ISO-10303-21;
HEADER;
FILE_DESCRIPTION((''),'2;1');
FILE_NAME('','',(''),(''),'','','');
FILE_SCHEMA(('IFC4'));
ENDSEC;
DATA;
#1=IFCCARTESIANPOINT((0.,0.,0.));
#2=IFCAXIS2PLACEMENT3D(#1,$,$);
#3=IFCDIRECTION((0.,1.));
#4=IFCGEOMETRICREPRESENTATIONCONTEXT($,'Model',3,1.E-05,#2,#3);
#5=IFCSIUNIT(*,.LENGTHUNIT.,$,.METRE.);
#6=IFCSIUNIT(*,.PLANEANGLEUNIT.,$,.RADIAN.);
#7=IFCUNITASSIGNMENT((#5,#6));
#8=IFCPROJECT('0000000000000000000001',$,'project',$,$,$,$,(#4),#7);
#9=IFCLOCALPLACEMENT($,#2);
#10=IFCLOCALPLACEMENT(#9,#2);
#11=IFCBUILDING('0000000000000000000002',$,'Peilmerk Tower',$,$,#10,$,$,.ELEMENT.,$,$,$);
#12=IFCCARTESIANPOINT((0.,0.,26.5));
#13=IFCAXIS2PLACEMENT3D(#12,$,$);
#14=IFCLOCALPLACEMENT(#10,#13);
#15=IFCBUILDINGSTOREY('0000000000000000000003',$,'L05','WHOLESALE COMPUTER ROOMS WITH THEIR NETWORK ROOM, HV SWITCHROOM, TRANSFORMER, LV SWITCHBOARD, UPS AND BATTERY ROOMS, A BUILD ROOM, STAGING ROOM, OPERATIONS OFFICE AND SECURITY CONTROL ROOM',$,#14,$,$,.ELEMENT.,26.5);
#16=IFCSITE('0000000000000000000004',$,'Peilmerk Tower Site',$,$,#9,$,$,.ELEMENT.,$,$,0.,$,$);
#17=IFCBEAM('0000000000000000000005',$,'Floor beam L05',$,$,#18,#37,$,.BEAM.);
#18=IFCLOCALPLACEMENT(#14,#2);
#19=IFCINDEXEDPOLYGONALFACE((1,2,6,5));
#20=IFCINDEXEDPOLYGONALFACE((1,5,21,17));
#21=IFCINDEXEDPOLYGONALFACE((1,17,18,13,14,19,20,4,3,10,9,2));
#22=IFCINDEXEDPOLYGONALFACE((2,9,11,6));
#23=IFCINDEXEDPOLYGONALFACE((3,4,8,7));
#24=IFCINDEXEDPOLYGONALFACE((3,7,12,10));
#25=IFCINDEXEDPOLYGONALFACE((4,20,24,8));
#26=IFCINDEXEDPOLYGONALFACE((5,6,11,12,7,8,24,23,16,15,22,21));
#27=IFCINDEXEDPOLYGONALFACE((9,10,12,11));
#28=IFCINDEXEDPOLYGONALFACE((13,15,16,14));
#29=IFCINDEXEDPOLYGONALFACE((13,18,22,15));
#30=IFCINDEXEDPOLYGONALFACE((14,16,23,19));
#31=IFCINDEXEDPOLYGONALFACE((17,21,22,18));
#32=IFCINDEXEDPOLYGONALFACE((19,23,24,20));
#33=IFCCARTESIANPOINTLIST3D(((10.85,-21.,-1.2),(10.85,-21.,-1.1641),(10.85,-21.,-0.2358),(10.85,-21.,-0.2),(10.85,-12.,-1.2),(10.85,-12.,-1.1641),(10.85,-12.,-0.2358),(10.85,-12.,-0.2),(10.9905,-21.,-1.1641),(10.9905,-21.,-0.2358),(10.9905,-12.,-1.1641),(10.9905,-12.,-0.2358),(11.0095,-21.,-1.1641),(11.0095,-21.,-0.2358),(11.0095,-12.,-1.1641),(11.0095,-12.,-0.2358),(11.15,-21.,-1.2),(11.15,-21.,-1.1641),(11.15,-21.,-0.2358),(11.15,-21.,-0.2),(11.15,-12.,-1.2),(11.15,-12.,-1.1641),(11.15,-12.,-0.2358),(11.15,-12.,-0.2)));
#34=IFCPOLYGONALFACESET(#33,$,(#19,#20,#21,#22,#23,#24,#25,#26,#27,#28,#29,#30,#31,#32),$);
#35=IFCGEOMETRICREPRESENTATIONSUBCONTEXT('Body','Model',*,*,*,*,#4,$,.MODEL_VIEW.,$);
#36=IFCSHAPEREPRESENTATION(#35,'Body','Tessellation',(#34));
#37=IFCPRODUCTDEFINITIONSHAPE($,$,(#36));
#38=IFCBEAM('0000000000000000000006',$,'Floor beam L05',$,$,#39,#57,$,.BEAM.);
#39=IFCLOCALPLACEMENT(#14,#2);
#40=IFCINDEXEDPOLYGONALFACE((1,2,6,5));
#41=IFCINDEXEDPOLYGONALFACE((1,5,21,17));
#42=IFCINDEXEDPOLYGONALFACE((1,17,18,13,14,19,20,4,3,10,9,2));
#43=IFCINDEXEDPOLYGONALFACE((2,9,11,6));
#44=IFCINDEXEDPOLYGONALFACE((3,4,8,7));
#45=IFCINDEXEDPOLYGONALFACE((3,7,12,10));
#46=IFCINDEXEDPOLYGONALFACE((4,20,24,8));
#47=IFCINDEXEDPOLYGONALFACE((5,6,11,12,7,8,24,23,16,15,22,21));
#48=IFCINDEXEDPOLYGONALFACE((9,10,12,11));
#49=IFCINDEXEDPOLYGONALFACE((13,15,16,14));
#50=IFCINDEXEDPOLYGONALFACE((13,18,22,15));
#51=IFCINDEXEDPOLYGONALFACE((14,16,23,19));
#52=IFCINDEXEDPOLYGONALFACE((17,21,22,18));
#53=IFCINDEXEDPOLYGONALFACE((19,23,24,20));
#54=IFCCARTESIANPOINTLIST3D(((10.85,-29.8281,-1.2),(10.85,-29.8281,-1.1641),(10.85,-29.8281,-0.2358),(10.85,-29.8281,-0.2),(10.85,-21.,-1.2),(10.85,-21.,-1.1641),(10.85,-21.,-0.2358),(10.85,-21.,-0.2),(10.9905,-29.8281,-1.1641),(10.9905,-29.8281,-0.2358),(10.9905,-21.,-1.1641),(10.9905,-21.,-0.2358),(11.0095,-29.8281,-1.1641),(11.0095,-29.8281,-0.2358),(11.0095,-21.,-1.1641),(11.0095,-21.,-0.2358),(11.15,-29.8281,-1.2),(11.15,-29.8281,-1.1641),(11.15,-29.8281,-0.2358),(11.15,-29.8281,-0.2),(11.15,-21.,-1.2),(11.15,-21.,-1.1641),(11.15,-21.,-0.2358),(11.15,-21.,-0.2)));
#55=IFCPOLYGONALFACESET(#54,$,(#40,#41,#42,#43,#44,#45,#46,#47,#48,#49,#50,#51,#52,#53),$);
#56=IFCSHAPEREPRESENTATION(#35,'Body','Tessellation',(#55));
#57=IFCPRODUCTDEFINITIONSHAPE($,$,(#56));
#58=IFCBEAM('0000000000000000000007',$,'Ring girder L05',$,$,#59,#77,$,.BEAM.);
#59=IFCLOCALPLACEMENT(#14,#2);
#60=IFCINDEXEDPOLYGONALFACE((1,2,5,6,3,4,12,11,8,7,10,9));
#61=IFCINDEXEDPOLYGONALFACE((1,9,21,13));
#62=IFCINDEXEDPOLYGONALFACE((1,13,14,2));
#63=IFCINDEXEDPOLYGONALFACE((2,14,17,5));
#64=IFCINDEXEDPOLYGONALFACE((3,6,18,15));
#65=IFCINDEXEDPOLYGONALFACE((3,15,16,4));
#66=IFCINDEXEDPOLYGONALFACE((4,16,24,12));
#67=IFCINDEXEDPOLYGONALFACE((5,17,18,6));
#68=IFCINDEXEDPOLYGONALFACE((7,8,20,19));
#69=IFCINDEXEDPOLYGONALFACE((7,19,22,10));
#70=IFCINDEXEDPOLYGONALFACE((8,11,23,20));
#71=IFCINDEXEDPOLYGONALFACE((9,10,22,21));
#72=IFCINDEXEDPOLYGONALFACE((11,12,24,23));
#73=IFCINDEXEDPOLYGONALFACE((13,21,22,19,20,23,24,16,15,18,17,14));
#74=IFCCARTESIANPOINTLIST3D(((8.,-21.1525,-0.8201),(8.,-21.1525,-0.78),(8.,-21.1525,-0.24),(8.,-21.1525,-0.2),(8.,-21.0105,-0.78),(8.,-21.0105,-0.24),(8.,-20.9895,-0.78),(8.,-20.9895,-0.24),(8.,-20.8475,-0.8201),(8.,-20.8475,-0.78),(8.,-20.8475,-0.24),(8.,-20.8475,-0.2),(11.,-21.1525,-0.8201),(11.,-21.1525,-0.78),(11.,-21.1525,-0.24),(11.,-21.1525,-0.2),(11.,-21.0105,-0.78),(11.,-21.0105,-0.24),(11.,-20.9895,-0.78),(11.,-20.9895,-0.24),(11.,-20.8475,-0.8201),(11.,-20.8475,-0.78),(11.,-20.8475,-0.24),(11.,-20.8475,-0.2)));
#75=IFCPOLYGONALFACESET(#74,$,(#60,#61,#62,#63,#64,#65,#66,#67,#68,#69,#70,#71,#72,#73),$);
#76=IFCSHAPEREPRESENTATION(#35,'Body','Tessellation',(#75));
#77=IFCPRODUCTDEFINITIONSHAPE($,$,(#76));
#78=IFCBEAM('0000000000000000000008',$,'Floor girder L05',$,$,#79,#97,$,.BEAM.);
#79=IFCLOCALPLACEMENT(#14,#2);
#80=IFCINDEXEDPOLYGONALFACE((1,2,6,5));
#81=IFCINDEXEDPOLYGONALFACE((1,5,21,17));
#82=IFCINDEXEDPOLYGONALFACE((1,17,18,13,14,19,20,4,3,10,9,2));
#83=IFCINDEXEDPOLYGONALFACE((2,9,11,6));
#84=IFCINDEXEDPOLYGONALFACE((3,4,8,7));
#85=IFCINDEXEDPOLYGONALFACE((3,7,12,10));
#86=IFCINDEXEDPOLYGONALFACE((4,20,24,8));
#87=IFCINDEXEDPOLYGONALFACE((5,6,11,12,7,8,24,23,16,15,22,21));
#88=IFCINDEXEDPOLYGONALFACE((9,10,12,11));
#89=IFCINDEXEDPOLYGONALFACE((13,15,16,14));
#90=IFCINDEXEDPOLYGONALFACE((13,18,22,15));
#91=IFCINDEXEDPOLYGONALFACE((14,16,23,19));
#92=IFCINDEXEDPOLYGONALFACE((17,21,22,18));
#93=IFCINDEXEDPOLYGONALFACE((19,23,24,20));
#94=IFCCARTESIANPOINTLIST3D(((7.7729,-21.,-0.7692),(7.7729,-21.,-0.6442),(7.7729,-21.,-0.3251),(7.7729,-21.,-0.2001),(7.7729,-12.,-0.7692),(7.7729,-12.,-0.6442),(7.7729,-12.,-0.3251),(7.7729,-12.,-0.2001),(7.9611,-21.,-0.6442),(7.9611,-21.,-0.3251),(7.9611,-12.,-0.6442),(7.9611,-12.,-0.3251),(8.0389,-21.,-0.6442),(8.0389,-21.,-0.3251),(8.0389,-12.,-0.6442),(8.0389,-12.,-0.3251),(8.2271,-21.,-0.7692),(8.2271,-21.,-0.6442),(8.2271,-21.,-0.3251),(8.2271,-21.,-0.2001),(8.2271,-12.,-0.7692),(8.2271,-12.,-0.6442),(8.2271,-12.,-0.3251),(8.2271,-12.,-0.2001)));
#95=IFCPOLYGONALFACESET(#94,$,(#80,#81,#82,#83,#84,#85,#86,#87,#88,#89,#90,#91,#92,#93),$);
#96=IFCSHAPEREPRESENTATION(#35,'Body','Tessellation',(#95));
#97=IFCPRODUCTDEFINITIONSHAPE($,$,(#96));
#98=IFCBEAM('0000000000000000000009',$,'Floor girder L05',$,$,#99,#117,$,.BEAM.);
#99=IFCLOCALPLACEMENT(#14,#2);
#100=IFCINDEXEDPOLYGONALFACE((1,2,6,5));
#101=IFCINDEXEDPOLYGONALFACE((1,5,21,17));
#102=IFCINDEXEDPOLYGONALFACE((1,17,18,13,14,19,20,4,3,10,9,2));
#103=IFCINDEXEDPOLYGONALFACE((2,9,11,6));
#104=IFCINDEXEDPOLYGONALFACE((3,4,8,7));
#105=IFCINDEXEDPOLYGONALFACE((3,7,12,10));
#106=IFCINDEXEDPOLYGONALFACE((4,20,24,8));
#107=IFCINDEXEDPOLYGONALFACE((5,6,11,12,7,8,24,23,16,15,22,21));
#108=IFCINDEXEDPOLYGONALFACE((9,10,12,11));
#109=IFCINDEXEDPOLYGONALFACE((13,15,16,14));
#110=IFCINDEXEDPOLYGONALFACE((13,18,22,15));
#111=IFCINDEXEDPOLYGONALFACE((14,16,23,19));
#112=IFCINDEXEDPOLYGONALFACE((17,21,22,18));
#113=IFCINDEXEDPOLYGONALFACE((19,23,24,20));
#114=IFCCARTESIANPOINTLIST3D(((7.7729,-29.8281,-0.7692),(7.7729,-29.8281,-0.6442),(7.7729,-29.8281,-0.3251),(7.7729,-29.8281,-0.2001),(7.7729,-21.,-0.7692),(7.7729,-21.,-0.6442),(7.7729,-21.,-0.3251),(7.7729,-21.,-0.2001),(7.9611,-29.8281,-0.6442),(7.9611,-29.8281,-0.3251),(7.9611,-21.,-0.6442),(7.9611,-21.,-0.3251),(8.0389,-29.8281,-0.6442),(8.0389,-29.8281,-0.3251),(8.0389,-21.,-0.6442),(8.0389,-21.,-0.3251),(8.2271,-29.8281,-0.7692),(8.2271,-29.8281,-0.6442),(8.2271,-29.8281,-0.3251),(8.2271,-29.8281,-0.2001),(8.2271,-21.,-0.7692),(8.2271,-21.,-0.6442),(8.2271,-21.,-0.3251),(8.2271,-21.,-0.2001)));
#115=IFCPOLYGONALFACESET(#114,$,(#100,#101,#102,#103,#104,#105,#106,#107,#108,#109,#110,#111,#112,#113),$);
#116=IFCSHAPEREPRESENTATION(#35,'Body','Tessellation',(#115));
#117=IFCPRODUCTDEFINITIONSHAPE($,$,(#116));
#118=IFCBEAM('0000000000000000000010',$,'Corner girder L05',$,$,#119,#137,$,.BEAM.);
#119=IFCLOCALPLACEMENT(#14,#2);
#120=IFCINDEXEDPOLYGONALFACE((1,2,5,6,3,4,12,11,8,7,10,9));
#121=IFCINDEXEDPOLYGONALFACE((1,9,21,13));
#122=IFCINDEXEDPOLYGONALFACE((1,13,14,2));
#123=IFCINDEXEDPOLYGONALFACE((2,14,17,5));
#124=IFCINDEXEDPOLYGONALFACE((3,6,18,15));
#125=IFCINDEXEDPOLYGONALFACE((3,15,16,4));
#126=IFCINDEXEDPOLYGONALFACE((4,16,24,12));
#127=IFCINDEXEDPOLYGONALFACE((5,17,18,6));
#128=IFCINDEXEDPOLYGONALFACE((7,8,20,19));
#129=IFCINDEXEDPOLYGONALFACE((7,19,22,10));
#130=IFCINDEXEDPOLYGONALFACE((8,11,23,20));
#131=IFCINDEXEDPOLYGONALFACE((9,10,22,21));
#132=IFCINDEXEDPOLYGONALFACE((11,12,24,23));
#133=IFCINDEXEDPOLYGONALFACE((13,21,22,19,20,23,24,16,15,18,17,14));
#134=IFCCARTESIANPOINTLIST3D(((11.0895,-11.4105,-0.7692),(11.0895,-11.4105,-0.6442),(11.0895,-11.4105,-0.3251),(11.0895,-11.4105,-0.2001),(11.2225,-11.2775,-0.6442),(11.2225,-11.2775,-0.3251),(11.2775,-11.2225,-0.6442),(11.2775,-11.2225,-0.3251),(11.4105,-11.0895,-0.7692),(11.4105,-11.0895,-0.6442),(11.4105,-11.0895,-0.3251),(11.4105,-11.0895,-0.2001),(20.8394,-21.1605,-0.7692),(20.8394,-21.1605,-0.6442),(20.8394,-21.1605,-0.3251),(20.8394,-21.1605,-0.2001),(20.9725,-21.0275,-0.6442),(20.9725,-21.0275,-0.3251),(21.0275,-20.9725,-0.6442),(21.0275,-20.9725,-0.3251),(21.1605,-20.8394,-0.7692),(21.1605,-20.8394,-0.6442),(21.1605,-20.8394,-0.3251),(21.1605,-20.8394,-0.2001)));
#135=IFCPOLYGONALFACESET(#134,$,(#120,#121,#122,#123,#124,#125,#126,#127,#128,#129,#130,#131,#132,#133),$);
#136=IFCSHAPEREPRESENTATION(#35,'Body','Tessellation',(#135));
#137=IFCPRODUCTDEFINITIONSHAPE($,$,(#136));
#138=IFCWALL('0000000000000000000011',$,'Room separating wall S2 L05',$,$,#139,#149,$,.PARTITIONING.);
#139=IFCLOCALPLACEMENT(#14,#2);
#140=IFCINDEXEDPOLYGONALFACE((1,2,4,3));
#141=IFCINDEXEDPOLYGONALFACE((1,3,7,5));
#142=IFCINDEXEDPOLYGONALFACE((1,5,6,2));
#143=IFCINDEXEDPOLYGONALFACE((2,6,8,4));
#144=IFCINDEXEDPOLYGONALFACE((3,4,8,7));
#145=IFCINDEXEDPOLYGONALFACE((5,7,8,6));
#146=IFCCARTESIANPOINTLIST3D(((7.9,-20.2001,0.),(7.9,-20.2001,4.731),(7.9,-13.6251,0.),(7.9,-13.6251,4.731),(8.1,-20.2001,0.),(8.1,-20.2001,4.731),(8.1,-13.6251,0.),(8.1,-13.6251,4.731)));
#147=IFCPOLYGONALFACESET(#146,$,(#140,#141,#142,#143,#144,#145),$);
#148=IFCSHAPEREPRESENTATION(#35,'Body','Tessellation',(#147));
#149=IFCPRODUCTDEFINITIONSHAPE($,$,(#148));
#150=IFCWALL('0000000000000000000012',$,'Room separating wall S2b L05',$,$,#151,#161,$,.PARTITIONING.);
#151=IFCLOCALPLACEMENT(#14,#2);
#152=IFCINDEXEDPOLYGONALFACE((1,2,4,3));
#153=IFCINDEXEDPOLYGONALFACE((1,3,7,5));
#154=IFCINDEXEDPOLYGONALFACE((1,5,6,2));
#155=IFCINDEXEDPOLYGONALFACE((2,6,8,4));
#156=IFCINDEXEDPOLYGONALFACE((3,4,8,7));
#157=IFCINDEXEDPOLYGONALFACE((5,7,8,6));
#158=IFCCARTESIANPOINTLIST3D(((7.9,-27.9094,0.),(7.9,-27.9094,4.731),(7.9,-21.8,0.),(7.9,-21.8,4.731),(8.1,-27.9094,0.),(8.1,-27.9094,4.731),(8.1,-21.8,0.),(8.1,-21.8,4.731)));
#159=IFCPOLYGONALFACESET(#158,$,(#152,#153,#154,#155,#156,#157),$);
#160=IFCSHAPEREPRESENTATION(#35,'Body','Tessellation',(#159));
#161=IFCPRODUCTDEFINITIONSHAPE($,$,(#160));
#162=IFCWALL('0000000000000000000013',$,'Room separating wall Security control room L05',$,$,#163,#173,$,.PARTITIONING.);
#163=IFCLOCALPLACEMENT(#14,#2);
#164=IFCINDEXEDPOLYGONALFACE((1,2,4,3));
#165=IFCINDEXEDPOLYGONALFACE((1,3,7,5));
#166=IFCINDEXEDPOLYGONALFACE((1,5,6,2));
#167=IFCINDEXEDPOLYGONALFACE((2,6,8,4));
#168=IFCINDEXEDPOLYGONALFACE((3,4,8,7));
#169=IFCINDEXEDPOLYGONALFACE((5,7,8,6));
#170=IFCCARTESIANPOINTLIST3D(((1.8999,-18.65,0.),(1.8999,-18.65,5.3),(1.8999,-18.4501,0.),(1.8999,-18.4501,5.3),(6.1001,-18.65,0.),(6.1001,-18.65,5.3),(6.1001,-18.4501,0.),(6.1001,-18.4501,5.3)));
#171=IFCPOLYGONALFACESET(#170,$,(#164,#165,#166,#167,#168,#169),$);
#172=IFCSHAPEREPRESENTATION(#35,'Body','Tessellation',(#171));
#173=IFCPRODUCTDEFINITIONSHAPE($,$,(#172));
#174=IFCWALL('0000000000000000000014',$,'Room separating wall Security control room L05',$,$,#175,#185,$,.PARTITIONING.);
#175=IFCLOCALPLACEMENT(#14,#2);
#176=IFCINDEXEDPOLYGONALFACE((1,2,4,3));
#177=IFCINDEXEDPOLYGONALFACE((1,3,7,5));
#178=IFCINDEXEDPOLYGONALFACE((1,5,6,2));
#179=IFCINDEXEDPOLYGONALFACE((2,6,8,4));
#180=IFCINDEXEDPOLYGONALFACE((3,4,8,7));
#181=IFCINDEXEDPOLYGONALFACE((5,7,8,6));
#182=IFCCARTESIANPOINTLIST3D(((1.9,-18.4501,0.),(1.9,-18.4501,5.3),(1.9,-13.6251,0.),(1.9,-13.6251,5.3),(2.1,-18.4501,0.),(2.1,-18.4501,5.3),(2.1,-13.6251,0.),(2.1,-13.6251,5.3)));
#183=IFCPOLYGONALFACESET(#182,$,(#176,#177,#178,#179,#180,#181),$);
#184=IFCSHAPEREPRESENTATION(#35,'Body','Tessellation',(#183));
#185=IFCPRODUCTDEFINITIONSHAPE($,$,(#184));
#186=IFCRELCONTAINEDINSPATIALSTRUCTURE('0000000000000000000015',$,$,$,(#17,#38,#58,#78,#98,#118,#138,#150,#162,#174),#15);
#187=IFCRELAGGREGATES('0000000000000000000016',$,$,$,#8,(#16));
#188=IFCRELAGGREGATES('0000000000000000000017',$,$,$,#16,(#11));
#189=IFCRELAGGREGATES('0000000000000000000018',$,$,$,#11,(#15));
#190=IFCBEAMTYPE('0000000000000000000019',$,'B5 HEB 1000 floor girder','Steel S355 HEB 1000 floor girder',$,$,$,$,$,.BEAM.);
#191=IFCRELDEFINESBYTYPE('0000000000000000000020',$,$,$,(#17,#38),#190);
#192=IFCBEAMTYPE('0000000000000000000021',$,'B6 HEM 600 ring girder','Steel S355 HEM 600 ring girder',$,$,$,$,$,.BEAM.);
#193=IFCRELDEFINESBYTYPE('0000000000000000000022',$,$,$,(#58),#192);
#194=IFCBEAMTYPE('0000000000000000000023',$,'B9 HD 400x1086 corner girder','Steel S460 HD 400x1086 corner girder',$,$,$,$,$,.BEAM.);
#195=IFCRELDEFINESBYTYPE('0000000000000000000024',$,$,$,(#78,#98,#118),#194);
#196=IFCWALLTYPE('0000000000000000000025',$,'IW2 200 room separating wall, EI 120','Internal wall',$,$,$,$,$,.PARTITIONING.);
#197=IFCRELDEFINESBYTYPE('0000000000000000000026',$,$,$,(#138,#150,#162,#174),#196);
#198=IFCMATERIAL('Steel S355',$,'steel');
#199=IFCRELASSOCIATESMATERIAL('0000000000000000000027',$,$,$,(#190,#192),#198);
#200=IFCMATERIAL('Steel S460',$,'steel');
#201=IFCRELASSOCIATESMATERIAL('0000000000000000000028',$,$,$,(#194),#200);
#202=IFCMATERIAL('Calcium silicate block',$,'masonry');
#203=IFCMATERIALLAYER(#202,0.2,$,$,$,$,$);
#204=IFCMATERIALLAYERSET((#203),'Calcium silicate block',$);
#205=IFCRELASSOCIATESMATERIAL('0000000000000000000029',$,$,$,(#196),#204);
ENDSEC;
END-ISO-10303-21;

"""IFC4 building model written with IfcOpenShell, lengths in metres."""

from ifc_helpers import new_model, si_unit, direction, frame, frame_2d, origin, origin_2d, place, context, subcontext, project, spatial, rectangle, i_section, extrude, material, layer, layer_set, material_profile, profile_set, type_object, element, save


model = new_model("IFC4")

# Units and contexts
model_context = context("Model", 3, precision=1e-05, world=origin(), true_north=direction((0.0, 1.0)))
body_context = subcontext(model_context, "Body", "Model", "MODEL_VIEW")
ifc_project = project(units=[si_unit("LENGTHUNIT", "METRE"), si_unit("PLANEANGLEUNIT", "RADIAN")], contexts=[model_context])

# Site, building, storey
site_placement = place(None, origin())
site = spatial("IfcSite", under=ifc_project, at=site_placement, Name="Peilmerk Tower Site", CompositionType="ELEMENT", RefElevation=0.0)
building_placement = place(site_placement, origin())
building = spatial("IfcBuilding", under=site, at=building_placement, Name="Peilmerk Tower", CompositionType="ELEMENT")
storey_placement = place(building_placement, frame((0.0, 0.0, 26.5)))
storey = spatial("IfcBuildingStorey", under=building, at=storey_placement, Name="L05", Description="WHOLESALE COMPUTER ROOMS WITH THEIR NETWORK ROOM, HV SWITCHROOM, TRANSFORMER, LV SWITCHBOARD, UPS AND BATTERY ROOMS, A BUILD ROOM, STAGING ROOM, OPERATIONS OFFICE AND SECURITY CONTROL ROOM", CompositionType="ELEMENT", Elevation=26.5)

# Beams
ifc_material_1 = material(Name="Steel S355", Category="steel")
ifc_material_profile_1 = material_profile(ifc_material_1, i_section(OverallWidth=0.3, OverallDepth=1.0, WebThickness=0.019, FlangeThickness=0.0359, at=origin_2d()), Name="HEB 1000")
ifc_profile_set_1 = profile_set([ifc_material_profile_1], Name="Steel S355")
beam_type_1 = type_object("IfcBeamType", Name="B5 HEB 1000 floor girder", Description="Steel S355 HEB 1000 floor girder", PredefinedType="BEAM", material=ifc_profile_set_1)
beam_1_placement = place(storey_placement, frame((11.0, -12.0, -0.7), z_axis=(0.0, -1.0, 0.0), x_axis=(1.0, 0.0, 0.0)))
element("IfcBeam", 1, at=beam_1_placement, inside=storey, type_object=beam_type_1, Name="Floor beam L05", PredefinedType="BEAM", context=body_context, shape_type="SweptSolid", body=[
    extrude(i_section(OverallWidth=0.3, OverallDepth=1.0, WebThickness=0.019, FlangeThickness=0.0359, at=origin_2d()), origin(), (0.0, 0.0, 1.0), 9.0),
])
beam_2_placement = place(storey_placement, frame((11.0, -21.0, -0.7), z_axis=(0.0, -1.0, 0.0), x_axis=(1.0, 0.0, 0.0)))
element("IfcBeam", 2, at=beam_2_placement, inside=storey, type_object=beam_type_1, Name="Floor beam L05", PredefinedType="BEAM", context=body_context, shape_type="SweptSolid", body=[
    extrude(i_section(OverallWidth=0.3, OverallDepth=1.0, WebThickness=0.019, FlangeThickness=0.0359, at=origin_2d()), origin(), (0.0, 0.0, 1.0), 8.8281),
])
ifc_material_profile_2 = material_profile(ifc_material_1, i_section(OverallWidth=0.3049, OverallDepth=0.6201, WebThickness=0.021, FlangeThickness=0.04, at=origin_2d()), Name="HEM 600")
ifc_profile_set_2 = profile_set([ifc_material_profile_2], Name="Steel S355")
beam_type_2 = type_object("IfcBeamType", Name="B6 HEM 600 ring girder", Description="Steel S355 HEM 600 ring girder", PredefinedType="BEAM", material=ifc_profile_set_2)
beam_3_placement = place(storey_placement, frame((8.0, -21.0, -0.51), z_axis=(1.0, 0.0, 0.0), x_axis=(0.0, 1.0, 0.0)))
element("IfcBeam", 3, at=beam_3_placement, inside=storey, type_object=beam_type_2, Name="Ring girder L05", PredefinedType="BEAM", context=body_context, shape_type="SweptSolid", body=[
    extrude(i_section(OverallWidth=0.3049, OverallDepth=0.6201, WebThickness=0.021, FlangeThickness=0.04, at=origin_2d()), origin(), (0.0, 0.0, 1.0), 3.0),
])
ifc_material_2 = material(Name="Steel S460", Category="steel")
ifc_material_profile_3 = material_profile(ifc_material_2, i_section(OverallWidth=0.4541, OverallDepth=0.5691, WebThickness=0.0779, FlangeThickness=0.125, at=origin_2d()), Name="HD 400x1086")
ifc_profile_set_3 = profile_set([ifc_material_profile_3], Name="Steel S460")
beam_type_3 = type_object("IfcBeamType", Name="B9 HD 400x1086 corner girder", Description="Steel S460 HD 400x1086 corner girder", PredefinedType="BEAM", material=ifc_profile_set_3)
beam_4_placement = place(storey_placement, frame((8.0, -12.0, -0.4846), z_axis=(0.0, -1.0, 0.0), x_axis=(1.0, 0.0, 0.0)))
element("IfcBeam", 4, at=beam_4_placement, inside=storey, type_object=beam_type_3, Name="Floor girder L05", PredefinedType="BEAM", context=body_context, shape_type="SweptSolid", body=[
    extrude(i_section(OverallWidth=0.4541, OverallDepth=0.5691, WebThickness=0.0779, FlangeThickness=0.125, at=origin_2d()), origin(), (0.0, 0.0, 1.0), 9.0),
])
beam_5_placement = place(storey_placement, frame((8.0, -21.0, -0.4846), z_axis=(0.0, -1.0, 0.0), x_axis=(1.0, 0.0, 0.0)))
element("IfcBeam", 5, at=beam_5_placement, inside=storey, type_object=beam_type_3, Name="Floor girder L05", PredefinedType="BEAM", context=body_context, shape_type="SweptSolid", body=[
    extrude(i_section(OverallWidth=0.4541, OverallDepth=0.5691, WebThickness=0.0779, FlangeThickness=0.125, at=origin_2d()), origin(), (0.0, 0.0, 1.0), 8.8281),
])
beam_6_placement = place(storey_placement, frame((11.25, -11.25, -0.4846), z_axis=(0.707107, -0.707107, 0.0), x_axis=(0.707107, 0.707107, 0.0)))
element("IfcBeam", 6, at=beam_6_placement, inside=storey, type_object=beam_type_3, Name="Corner girder L05", PredefinedType="BEAM", context=body_context, shape_type="SweptSolid", body=[
    extrude(i_section(OverallWidth=0.4541, OverallDepth=0.5691, WebThickness=0.0779, FlangeThickness=0.125, at=origin_2d()), origin(), (0.0, 0.0, 1.0), 13.7886),
])

# Walls
ifc_material_3 = material(Name="Calcium silicate block", Category="masonry")
ifc_layer_1 = layer(ifc_material_3, 0.2)
ifc_layer_set_1 = layer_set([ifc_layer_1], Name="Calcium silicate block")
wall_type_1 = type_object("IfcWallType", Name="IW2 200 room separating wall, EI 120", Description="Internal wall", PredefinedType="PARTITIONING", material=ifc_layer_set_1)
wall_1_placement = place(storey_placement, frame((8.0, -13.625, 0.0), z_axis=(0.0, 0.0, 1.0), x_axis=(0.0, -1.0, 0.0)))
element("IfcWall", 7, at=wall_1_placement, inside=storey, type_object=wall_type_1, Name="Room separating wall S2 L05", PredefinedType="PARTITIONING", context=body_context, shape_type="SweptSolid", body=[
    extrude(rectangle(XDim=6.575, YDim=0.2, at=frame_2d((3.2876, 0.0))), origin(), (0.0, 0.0, 1.0), 4.731),
])
wall_2_placement = place(storey_placement, frame((8.0, -21.8, 0.0), z_axis=(0.0, 0.0, 1.0), x_axis=(0.0, -1.0, 0.0)))
element("IfcWall", 8, at=wall_2_placement, inside=storey, type_object=wall_type_1, Name="Room separating wall S2b L05", PredefinedType="PARTITIONING", context=body_context, shape_type="SweptSolid", body=[
    extrude(rectangle(XDim=6.1094, YDim=0.2, at=frame_2d((3.0547, 0.0))), origin(), (0.0, 0.0, 1.0), 4.731),
])
wall_3_placement = place(storey_placement, frame((1.8999, -18.55, 0.0), z_axis=(0.0, 0.0, 1.0), x_axis=(1.0, 0.0, 0.0)))
element("IfcWall", 9, at=wall_3_placement, inside=storey, type_object=wall_type_1, Name="Room separating wall Security control room L05", PredefinedType="PARTITIONING", context=body_context, shape_type="SweptSolid", body=[
    extrude(rectangle(XDim=4.2002, YDim=0.2, at=frame_2d((2.1001, 0.0))), origin(), (0.0, 0.0, 1.0), 5.3),
])
for number, where, z_axis, x_axis, name in (
    (10, (2.0, -13.625, 0.0), (0.0, 0.0, 1.0), (0.0, -1.0, 0.0), "Room separating wall Security control room L05"),
):
    element("IfcWall", number, at=place(storey_placement, frame(where, z_axis=z_axis, x_axis=x_axis)), inside=storey, type_object=wall_type_1, Name=name, PredefinedType="PARTITIONING", context=body_context, shape_type="SweptSolid", body=[
        extrude(rectangle(XDim=4.825, YDim=0.2, at=frame_2d((2.4126, 0.0))), origin(), (0.0, 0.0, 1.0), 5.3),
    ])

save(model, "model.ifc")
